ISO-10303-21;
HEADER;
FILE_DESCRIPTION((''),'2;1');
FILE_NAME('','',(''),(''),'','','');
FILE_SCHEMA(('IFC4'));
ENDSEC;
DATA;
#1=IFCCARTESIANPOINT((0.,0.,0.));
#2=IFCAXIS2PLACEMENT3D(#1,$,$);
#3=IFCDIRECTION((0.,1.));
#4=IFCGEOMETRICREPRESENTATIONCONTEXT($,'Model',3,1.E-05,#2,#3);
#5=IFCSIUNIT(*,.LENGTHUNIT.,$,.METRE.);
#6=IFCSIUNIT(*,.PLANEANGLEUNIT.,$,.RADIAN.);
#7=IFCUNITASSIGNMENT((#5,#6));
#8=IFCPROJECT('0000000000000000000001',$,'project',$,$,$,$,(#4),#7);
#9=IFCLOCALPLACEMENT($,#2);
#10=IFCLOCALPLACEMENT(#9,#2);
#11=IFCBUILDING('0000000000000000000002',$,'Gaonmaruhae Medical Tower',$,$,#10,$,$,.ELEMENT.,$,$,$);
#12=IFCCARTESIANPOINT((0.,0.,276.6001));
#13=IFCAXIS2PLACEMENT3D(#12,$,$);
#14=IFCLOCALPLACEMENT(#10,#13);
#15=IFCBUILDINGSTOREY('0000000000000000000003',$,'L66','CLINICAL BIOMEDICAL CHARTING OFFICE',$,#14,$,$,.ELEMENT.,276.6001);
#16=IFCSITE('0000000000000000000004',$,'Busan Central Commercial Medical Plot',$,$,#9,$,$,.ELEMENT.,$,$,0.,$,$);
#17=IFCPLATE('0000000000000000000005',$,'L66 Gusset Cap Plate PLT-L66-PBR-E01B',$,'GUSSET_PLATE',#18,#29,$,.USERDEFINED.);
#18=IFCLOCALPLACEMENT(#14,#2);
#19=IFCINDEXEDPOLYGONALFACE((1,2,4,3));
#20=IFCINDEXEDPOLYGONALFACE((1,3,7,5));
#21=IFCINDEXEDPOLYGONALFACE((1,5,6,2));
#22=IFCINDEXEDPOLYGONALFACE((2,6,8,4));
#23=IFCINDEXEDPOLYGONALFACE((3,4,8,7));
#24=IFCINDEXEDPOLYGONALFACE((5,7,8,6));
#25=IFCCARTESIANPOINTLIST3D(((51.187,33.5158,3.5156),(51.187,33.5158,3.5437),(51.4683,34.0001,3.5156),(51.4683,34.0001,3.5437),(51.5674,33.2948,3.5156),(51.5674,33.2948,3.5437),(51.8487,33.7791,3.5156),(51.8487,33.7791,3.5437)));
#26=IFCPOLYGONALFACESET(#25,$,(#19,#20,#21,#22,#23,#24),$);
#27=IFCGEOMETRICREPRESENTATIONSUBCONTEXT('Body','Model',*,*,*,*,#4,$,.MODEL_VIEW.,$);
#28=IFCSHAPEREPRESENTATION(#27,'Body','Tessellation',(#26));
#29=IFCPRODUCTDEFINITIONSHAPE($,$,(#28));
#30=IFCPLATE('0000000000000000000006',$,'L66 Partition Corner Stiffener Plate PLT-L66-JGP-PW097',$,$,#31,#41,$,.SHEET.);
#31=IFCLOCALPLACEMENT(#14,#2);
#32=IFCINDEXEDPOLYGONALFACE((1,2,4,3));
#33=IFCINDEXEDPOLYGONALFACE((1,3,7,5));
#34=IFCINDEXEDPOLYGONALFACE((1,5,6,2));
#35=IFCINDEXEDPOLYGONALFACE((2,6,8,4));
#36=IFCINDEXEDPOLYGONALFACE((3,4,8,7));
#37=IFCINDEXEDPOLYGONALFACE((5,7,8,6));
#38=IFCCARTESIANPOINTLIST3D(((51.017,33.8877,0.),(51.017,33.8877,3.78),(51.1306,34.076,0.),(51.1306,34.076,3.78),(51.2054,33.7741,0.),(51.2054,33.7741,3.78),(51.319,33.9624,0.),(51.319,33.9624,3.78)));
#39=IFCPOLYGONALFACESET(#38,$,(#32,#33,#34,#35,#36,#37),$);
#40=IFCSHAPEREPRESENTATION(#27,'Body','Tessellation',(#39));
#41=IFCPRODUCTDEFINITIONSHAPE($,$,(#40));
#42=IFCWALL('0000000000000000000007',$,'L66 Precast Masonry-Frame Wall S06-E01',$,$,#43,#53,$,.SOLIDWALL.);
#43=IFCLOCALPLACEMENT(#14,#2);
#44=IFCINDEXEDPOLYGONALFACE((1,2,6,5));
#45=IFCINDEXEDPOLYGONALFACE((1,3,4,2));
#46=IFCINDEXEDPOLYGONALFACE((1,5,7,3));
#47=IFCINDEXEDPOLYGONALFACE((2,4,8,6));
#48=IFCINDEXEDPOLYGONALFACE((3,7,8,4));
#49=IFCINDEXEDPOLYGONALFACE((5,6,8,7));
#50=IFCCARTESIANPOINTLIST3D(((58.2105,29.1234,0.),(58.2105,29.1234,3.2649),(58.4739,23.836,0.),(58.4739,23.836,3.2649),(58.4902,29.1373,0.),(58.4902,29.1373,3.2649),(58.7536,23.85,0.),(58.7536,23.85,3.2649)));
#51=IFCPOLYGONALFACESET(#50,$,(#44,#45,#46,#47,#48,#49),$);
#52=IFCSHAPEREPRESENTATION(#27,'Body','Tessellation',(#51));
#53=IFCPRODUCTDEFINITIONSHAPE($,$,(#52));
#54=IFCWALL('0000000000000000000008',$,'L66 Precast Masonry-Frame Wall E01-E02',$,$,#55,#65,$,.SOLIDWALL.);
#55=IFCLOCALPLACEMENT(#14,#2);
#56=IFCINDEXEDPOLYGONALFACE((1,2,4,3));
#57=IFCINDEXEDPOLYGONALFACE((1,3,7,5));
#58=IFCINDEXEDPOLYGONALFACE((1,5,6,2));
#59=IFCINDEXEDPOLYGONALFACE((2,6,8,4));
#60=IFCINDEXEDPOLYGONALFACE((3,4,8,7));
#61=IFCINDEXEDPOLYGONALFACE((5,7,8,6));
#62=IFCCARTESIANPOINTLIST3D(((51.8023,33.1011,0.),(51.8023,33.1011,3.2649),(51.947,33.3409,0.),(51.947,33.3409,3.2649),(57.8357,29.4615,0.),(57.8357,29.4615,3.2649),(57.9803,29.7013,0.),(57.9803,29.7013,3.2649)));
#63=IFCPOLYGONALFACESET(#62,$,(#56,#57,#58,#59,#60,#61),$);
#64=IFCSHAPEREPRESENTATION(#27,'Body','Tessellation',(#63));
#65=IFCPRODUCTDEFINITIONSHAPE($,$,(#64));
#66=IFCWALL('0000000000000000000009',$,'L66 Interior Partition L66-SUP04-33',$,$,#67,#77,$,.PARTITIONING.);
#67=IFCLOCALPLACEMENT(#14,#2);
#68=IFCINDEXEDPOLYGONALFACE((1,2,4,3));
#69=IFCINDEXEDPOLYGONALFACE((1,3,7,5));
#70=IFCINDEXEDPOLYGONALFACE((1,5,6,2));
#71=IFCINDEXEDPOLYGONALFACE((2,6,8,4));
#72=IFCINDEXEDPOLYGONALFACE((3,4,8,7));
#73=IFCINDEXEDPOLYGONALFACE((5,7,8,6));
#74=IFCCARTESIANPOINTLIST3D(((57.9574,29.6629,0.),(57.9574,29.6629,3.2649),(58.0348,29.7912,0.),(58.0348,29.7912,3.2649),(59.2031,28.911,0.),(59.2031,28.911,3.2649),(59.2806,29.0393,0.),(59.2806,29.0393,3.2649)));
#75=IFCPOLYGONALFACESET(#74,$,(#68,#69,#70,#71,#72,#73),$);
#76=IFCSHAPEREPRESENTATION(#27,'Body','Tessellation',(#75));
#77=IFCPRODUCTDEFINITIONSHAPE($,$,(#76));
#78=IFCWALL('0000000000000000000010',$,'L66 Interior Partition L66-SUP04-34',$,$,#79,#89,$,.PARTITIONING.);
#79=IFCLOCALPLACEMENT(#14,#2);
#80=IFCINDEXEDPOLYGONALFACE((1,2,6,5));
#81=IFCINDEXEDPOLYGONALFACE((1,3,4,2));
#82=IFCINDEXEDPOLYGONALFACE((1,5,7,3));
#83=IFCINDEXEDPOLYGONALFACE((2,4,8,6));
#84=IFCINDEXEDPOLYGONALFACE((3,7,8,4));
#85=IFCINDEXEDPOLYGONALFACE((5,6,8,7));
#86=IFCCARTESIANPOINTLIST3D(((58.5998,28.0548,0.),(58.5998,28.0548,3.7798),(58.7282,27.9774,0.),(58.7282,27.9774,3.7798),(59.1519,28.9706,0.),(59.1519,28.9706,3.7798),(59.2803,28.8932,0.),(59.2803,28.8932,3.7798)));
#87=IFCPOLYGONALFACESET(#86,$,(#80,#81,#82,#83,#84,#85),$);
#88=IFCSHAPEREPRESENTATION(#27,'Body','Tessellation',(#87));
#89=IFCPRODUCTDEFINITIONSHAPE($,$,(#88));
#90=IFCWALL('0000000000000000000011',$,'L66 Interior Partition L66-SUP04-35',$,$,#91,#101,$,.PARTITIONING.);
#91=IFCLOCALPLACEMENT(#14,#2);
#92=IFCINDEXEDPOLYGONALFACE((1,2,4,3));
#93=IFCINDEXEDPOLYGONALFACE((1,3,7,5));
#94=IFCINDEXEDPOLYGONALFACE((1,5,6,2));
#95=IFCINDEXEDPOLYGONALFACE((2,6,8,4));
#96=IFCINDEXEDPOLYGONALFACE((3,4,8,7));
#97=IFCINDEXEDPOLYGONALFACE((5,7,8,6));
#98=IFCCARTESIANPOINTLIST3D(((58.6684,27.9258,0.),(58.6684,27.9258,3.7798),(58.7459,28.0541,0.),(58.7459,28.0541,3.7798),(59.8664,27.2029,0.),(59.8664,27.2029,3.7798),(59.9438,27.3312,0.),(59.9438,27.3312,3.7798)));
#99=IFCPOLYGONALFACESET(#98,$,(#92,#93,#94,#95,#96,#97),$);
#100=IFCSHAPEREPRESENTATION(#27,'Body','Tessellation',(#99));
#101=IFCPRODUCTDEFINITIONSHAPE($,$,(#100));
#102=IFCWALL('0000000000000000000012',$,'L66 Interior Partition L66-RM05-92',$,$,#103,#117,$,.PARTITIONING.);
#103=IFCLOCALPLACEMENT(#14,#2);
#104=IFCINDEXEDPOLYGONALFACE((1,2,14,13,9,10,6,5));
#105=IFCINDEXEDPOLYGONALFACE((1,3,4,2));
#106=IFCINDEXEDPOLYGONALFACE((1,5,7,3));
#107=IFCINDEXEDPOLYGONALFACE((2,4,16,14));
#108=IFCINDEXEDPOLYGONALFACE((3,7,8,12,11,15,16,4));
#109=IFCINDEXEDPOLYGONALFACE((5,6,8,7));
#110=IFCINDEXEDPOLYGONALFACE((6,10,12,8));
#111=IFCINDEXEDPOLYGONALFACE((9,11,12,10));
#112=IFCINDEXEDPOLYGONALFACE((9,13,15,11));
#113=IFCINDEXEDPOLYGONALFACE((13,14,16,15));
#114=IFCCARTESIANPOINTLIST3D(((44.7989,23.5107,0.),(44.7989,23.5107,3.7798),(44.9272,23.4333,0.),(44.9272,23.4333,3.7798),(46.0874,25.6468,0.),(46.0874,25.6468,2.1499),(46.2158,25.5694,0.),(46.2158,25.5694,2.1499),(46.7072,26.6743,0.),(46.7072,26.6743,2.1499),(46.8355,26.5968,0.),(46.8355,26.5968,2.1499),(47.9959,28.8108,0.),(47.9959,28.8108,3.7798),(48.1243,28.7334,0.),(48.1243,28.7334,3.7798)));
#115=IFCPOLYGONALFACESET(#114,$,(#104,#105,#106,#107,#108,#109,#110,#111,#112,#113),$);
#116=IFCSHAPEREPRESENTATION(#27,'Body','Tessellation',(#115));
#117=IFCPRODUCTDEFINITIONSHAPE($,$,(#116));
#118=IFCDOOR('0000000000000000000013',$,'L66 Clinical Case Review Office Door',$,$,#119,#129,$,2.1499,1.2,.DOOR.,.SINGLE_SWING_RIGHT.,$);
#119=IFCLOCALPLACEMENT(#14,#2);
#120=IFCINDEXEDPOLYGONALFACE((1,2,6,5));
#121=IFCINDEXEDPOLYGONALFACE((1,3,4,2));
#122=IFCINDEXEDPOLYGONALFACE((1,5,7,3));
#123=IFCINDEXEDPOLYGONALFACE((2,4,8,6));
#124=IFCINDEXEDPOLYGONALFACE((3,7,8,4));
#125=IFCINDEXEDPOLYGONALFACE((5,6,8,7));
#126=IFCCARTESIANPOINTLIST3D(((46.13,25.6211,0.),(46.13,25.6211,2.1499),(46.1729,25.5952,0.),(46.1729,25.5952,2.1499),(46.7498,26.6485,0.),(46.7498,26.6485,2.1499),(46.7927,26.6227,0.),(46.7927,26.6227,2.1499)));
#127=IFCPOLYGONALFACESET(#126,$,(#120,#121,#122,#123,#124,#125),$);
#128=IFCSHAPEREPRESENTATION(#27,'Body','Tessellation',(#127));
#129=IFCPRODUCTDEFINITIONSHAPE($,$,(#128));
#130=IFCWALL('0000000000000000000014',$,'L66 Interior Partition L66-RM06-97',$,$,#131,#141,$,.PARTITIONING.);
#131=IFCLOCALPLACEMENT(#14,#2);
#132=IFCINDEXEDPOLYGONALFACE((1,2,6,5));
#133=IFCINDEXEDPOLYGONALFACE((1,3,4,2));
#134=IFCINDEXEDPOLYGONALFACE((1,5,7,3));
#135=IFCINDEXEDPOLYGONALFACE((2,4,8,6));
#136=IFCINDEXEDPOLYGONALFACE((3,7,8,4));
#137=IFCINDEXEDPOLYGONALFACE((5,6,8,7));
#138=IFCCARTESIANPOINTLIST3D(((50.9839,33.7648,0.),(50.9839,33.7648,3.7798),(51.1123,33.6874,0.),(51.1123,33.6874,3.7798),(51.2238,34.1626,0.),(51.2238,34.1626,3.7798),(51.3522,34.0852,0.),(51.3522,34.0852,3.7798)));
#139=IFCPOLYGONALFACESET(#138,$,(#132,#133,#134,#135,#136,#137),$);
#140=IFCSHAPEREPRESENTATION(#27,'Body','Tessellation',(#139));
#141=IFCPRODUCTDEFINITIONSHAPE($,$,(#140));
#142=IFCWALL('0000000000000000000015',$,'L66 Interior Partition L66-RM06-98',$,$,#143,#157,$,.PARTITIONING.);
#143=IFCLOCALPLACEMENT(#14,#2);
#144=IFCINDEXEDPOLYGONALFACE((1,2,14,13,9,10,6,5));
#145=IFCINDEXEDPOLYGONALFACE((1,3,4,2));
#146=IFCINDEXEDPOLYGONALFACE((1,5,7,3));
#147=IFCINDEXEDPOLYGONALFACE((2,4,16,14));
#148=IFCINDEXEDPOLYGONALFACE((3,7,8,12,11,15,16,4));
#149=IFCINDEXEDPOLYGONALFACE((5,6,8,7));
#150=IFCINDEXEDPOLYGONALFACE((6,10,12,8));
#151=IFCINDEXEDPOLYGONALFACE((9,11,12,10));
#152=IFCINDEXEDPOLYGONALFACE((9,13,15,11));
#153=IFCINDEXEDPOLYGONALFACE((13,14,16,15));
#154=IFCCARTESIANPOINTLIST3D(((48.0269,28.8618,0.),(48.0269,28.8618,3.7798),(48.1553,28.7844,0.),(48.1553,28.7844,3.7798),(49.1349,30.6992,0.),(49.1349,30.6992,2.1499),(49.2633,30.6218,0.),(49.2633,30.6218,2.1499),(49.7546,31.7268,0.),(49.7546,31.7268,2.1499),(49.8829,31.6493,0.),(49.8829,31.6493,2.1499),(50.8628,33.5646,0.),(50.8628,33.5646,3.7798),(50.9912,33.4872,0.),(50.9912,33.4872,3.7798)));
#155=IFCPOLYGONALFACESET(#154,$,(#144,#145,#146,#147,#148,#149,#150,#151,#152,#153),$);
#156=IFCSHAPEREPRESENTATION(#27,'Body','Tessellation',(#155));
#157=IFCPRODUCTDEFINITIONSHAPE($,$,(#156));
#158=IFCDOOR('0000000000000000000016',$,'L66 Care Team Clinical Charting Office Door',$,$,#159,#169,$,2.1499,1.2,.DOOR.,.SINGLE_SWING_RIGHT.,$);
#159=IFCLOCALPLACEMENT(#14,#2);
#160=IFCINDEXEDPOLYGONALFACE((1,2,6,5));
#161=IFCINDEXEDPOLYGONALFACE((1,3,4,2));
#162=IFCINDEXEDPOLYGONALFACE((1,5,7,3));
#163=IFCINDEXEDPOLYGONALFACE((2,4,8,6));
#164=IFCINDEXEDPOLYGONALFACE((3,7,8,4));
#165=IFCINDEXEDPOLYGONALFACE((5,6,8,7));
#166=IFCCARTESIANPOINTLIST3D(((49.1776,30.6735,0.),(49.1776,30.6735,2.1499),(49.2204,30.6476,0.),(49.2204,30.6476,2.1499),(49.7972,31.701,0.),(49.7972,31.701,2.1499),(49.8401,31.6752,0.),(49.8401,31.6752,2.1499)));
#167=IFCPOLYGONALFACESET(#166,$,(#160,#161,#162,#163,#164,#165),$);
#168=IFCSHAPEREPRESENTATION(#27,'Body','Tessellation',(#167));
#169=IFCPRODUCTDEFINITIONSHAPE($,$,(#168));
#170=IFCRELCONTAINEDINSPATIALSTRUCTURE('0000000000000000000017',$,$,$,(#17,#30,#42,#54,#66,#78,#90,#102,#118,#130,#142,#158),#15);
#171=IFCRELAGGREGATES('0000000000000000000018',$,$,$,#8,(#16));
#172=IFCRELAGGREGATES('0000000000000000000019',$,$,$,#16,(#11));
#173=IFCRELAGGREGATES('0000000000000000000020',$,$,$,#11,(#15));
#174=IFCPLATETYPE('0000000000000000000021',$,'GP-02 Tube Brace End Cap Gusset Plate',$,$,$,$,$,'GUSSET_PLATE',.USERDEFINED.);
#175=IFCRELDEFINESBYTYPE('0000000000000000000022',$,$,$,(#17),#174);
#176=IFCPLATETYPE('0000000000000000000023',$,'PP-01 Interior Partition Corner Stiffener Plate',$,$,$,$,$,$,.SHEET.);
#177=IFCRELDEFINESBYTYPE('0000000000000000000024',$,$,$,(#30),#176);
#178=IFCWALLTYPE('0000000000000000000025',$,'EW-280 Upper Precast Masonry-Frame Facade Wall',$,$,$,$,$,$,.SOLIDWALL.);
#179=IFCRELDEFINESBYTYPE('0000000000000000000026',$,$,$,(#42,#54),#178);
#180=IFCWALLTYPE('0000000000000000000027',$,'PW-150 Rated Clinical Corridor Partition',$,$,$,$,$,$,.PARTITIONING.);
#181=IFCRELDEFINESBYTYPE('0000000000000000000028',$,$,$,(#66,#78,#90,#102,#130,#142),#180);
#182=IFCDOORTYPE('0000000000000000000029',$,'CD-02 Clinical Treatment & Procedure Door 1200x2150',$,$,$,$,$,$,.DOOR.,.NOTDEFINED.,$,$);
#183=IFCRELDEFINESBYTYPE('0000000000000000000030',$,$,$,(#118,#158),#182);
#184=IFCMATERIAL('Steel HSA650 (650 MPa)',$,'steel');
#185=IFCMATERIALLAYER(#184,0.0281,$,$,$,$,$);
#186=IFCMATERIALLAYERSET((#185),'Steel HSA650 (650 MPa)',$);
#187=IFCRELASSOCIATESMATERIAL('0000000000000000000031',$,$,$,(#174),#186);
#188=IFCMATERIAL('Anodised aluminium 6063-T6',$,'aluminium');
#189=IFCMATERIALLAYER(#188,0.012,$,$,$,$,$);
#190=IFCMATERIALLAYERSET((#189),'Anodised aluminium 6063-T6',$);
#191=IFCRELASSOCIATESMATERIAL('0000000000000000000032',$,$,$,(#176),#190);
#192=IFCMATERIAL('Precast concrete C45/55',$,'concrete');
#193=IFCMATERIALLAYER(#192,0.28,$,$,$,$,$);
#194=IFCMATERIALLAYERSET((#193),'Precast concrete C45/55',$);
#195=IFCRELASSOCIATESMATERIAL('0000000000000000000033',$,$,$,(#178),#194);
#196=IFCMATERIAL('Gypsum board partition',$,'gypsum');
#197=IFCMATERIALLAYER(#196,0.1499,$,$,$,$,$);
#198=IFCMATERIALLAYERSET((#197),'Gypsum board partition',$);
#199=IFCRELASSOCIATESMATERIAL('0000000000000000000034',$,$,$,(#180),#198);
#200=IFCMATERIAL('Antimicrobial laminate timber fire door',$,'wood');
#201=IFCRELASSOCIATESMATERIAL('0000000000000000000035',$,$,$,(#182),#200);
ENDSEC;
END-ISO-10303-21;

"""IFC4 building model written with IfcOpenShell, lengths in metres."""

from ifc_helpers import new_model, si_unit, direction, frame, frame_2d, origin, origin_2d, place, context, subcontext, project, spatial, rectangle, extrude, material, layer, layer_set, type_object, element, fill, save


model = new_model("IFC4")

# Units and contexts
model_context = context("Model", 3, precision=1e-05, world=origin(), true_north=direction((0.0, 1.0)))
body_context = subcontext(model_context, "Body", "Model", "MODEL_VIEW")
ifc_project = project(units=[si_unit("LENGTHUNIT", "METRE"), si_unit("PLANEANGLEUNIT", "RADIAN")], contexts=[model_context])

# Site, building, storey
site_placement = place(None, origin())
site = spatial("IfcSite", under=ifc_project, at=site_placement, Name="Busan Central Commercial Medical Plot", CompositionType="ELEMENT", RefElevation=0.0)
building_placement = place(site_placement, origin())
building = spatial("IfcBuilding", under=site, at=building_placement, Name="Gaonmaruhae Medical Tower", CompositionType="ELEMENT")
storey_placement = place(building_placement, frame((0.0, 0.0, 276.6001)))
storey = spatial("IfcBuildingStorey", under=building, at=storey_placement, Name="L66", Description="CLINICAL BIOMEDICAL CHARTING OFFICE", CompositionType="ELEMENT", Elevation=276.6001)

# Plates
ifc_material_1 = material(Name="Steel HSA650 (650 MPa)", Category="steel")
ifc_layer_1 = layer(ifc_material_1, 0.0281)
ifc_layer_set_1 = layer_set([ifc_layer_1], Name="Steel HSA650 (650 MPa)")
plate_type_1 = type_object("IfcPlateType", Name="GP-02 Tube Brace End Cap Gusset Plate", ElementType="GUSSET_PLATE", PredefinedType="USERDEFINED", material=ifc_layer_set_1)
for number, where, z_axis, x_axis, name in (
    (1, (51.5178, 33.6475, 3.5156), (0.0, 0.0, 1.0), (0.502266, 0.864713, 0.0), "L66 Gusset Cap Plate PLT-L66-PBR-E01B"),
):
    element("IfcPlate", number, at=place(storey_placement, frame(where, z_axis=z_axis, x_axis=x_axis)), inside=storey, type_object=plate_type_1, Name=name, ObjectType="GUSSET_PLATE", PredefinedType="USERDEFINED", context=body_context, shape_type="SweptSolid", body=[
        extrude(rectangle(XDim=0.5601, YDim=0.4399, at=origin_2d()), origin(), (0.0, 0.0, 1.0), 0.0281),
    ])
ifc_material_2 = material(Name="Anodised aluminium 6063-T6", Category="aluminium")
ifc_layer_2 = layer(ifc_material_2, 0.012)
ifc_layer_set_2 = layer_set([ifc_layer_2], Name="Anodised aluminium 6063-T6")
plate_type_2 = type_object("IfcPlateType", Name="PP-01 Interior Partition Corner Stiffener Plate", PredefinedType="SHEET", material=ifc_layer_set_2)
plate_placement = place(storey_placement, frame((51.168, 33.925, 0.0), z_axis=(0.0, 0.0, 1.0), x_axis=(-0.516399, -0.856348, 0.0)))
element("IfcPlate", 2, at=plate_placement, inside=storey, type_object=plate_type_2, Name="L66 Partition Corner Stiffener Plate PLT-L66-JGP-PW097", PredefinedType="SHEET", context=body_context, shape_type="SweptSolid", body=[
    extrude(rectangle(XDim=0.22, YDim=0.22, at=origin_2d()), origin(), (0.0, 0.0, 1.0), 3.78),
])

# Walls
ifc_material_3 = material(Name="Precast concrete C45/55", Category="concrete")
ifc_layer_3 = layer(ifc_material_3, 0.28)
ifc_layer_set_3 = layer_set([ifc_layer_3], Name="Precast concrete C45/55")
wall_type_1 = type_object("IfcWallType", Name="EW-280 Upper Precast Masonry-Frame Facade Wall", PredefinedType="SOLIDWALL", material=ifc_layer_set_3)
wall_1_placement = place(storey_placement, frame((58.3503, 29.1304, 0.0), z_axis=(0.0, 0.0, 1.0), x_axis=(0.049761, -0.998761, 0.0)))
element("IfcWall", 3, at=wall_1_placement, inside=storey, type_object=wall_type_1, Name="L66 Precast Masonry-Frame Wall S06-E01", PredefinedType="SOLIDWALL", context=body_context, shape_type="SweptSolid", body=[
    extrude(rectangle(XDim=5.2939, YDim=0.28, at=frame_2d((2.647, 0.0))), origin(), (0.0, 0.0, 1.0), 3.2649),
])
wall_2_placement = place(storey_placement, frame((51.8748, 33.2209, 0.0), z_axis=(0.0, 0.0, 1.0), x_axis=(0.856265, -0.516538, 0.0)))
element("IfcWall", 4, at=wall_2_placement, inside=storey, type_object=wall_type_1, Name="L66 Precast Masonry-Frame Wall E01-E02", PredefinedType="SOLIDWALL", context=body_context, shape_type="SweptSolid", body=[
    extrude(rectangle(XDim=7.0461, YDim=0.28, at=frame_2d((3.5229, 0.0))), origin(), (0.0, 0.0, 1.0), 3.2649),
])
ifc_material_4 = material(Name="Gypsum board partition", Category="gypsum")
ifc_layer_4 = layer(ifc_material_4, 0.1499)
ifc_layer_set_4 = layer_set([ifc_layer_4], Name="Gypsum board partition")
wall_type_2 = type_object("IfcWallType", Name="PW-150 Rated Clinical Corridor Partition", PredefinedType="PARTITIONING", material=ifc_layer_set_4)
wall_3_placement = place(storey_placement, frame((57.9961, 29.7271, 0.0), z_axis=(0.0, 0.0, 1.0), x_axis=(0.856143, -0.516739, 0.0)))
element("IfcWall", 5, at=wall_3_placement, inside=storey, type_object=wall_type_2, Name="L66 Interior Partition L66-SUP04-33", PredefinedType="PARTITIONING", context=body_context, shape_type="SweptSolid", body=[
    extrude(rectangle(XDim=1.4551, YDim=0.1499, at=frame_2d((0.7275, 0.0))), origin(), (0.0, 0.0, 1.0), 3.2649),
])
wall_4_placement = place(storey_placement, frame((59.2161, 28.9319, 0.0), z_axis=(0.0, 0.0, 1.0), x_axis=(-0.516241, -0.856444, 0.0)))
element("IfcWall", 6, at=wall_4_placement, inside=storey, type_object=wall_type_2, Name="L66 Interior Partition L66-SUP04-34", PredefinedType="PARTITIONING", context=body_context, shape_type="SweptSolid", body=[
    extrude(rectangle(XDim=1.0693, YDim=0.1499, at=frame_2d((0.5347, 0.0))), origin(), (0.0, 0.0, 1.0), 3.7798),
])
wall_5_placement = place(storey_placement, frame((58.707, 27.99, 0.0), z_axis=(0.0, 0.0, 1.0), x_axis=(0.856197, -0.51665, 0.0)))
element("IfcWall", 7, at=wall_5_placement, inside=storey, type_object=wall_type_2, Name="L66 Interior Partition L66-SUP04-35", PredefinedType="PARTITIONING", context=body_context, shape_type="SweptSolid", body=[
    extrude(rectangle(XDim=1.3992, YDim=0.1499, at=frame_2d((0.6997, 0.0))), origin(), (0.0, 0.0, 1.0), 3.7798),
])

# Wall, opening, door
wall_6_placement = place(storey_placement, frame((48.0601, 28.772, 0.0), z_axis=(0.0, 0.0, 1.0), x_axis=(-0.516513, -0.856279, 0.0)))
wall_6 = element("IfcWall", 8, at=wall_6_placement, inside=storey, type_object=wall_type_2, Name="L66 Interior Partition L66-RM05-92", PredefinedType="PARTITIONING", context=body_context, shape_type="SweptSolid", body=[
    extrude(rectangle(XDim=6.1897, YDim=0.1499, at=frame_2d((3.0947, 0.0))), origin(), (0.0, 0.0, 1.0), 3.7798),
])
opening_1_placement = place(wall_6_placement, frame((2.4949, 0.0, 0.0)))
opening_1 = element("IfcOpeningElement", 9, at=opening_1_placement, cuts=wall_6, PredefinedType="OPENING", context=body_context, shape_type="SweptSolid", body=[
    extrude(rectangle(XDim=1.2, YDim=2.1499, at=frame_2d((0.6001, 1.075))), frame((0.0, 0.085, 0.0), z_axis=(0.0, -1.0, 0.0), x_axis=(1.0, 0.0, 0.0)), (0.0, 0.0, 1.0), 0.1699),
])
ifc_material_5 = material(Name="Antimicrobial laminate timber fire door", Category="wood")
door_type = type_object("IfcDoorType", Name="CD-02 Clinical Treatment & Procedure Door 1200x2150", OperationType="NOTDEFINED", PredefinedType="DOOR", material=ifc_material_5)
door_1_placement = place(opening_1_placement, origin())
door_1 = element("IfcDoor", 10, at=door_1_placement, inside=storey, type_object=door_type, Name="L66 Clinical Case Review Office Door", OperationType="SINGLE_SWING_RIGHT", OverallHeight=2.1499, OverallWidth=1.2, PredefinedType="DOOR", context=body_context, shape_type="SweptSolid", body=[
    extrude(rectangle(XDim=1.2, YDim=2.1499, at=frame_2d((0.6001, 1.075))), frame((0.0, 0.0249, 0.0), z_axis=(0.0, -1.0, 0.0), x_axis=(1.0, 0.0, 0.0)), (0.0, 0.0, 1.0), 0.05),
])
fill(opening_1, door_1)

# Wall
wall_7_placement = place(storey_placement, frame((51.2881, 34.124, 0.0), z_axis=(0.0, 0.0, 1.0), x_axis=(-0.516426, -0.856332, 0.0)))
element("IfcWall", 11, at=wall_7_placement, inside=storey, type_object=wall_type_2, Name="L66 Interior Partition L66-RM06-97", PredefinedType="PARTITIONING", context=body_context, shape_type="SweptSolid", body=[
    extrude(rectangle(XDim=0.4646, YDim=0.1499, at=frame_2d((0.2324, 0.0))), origin(), (0.0, 0.0, 1.0), 3.7798),
])

# Wall, opening, door
wall_8_placement = place(storey_placement, frame((50.927, 33.5259, 0.0), z_axis=(0.0, 0.0, 1.0), x_axis=(-0.516397, -0.856349, 0.0)))
wall_8 = element("IfcWall", 12, at=wall_8_placement, inside=storey, type_object=wall_type_2, Name="L66 Interior Partition L66-RM06-98", PredefinedType="PARTITIONING", context=body_context, shape_type="SweptSolid", body=[
    extrude(rectangle(XDim=5.4917, YDim=0.1499, at=frame_2d((2.7458, 0.0))), origin(), (0.0, 0.0, 1.0), 3.7798),
])
opening_2_placement = place(wall_8_placement, frame((2.146, 0.0, 0.0)))
opening_2 = element("IfcOpeningElement", 13, at=opening_2_placement, cuts=wall_8, PredefinedType="OPENING", context=body_context, shape_type="SweptSolid", body=[
    extrude(rectangle(XDim=1.2, YDim=2.1499, at=frame_2d((0.6001, 1.075))), frame((0.0, 0.085, 0.0), z_axis=(0.0, -1.0, 0.0), x_axis=(1.0, 0.0, 0.0)), (0.0, 0.0, 1.0), 0.1699),
])
door_2_placement = place(opening_2_placement, origin())
door_2 = element("IfcDoor", 14, at=door_2_placement, inside=storey, type_object=door_type, Name="L66 Care Team Clinical Charting Office Door", OperationType="SINGLE_SWING_RIGHT", OverallHeight=2.1499, OverallWidth=1.2, PredefinedType="DOOR", context=body_context, shape_type="SweptSolid", body=[
    extrude(rectangle(XDim=1.2, YDim=2.1499, at=frame_2d((0.6001, 1.075))), frame((0.0, 0.0249, 0.0), z_axis=(0.0, -1.0, 0.0), x_axis=(1.0, 0.0, 0.0)), (0.0, 0.0, 1.0), 0.05),
])
fill(opening_2, door_2)

save(model, "model.ifc")
